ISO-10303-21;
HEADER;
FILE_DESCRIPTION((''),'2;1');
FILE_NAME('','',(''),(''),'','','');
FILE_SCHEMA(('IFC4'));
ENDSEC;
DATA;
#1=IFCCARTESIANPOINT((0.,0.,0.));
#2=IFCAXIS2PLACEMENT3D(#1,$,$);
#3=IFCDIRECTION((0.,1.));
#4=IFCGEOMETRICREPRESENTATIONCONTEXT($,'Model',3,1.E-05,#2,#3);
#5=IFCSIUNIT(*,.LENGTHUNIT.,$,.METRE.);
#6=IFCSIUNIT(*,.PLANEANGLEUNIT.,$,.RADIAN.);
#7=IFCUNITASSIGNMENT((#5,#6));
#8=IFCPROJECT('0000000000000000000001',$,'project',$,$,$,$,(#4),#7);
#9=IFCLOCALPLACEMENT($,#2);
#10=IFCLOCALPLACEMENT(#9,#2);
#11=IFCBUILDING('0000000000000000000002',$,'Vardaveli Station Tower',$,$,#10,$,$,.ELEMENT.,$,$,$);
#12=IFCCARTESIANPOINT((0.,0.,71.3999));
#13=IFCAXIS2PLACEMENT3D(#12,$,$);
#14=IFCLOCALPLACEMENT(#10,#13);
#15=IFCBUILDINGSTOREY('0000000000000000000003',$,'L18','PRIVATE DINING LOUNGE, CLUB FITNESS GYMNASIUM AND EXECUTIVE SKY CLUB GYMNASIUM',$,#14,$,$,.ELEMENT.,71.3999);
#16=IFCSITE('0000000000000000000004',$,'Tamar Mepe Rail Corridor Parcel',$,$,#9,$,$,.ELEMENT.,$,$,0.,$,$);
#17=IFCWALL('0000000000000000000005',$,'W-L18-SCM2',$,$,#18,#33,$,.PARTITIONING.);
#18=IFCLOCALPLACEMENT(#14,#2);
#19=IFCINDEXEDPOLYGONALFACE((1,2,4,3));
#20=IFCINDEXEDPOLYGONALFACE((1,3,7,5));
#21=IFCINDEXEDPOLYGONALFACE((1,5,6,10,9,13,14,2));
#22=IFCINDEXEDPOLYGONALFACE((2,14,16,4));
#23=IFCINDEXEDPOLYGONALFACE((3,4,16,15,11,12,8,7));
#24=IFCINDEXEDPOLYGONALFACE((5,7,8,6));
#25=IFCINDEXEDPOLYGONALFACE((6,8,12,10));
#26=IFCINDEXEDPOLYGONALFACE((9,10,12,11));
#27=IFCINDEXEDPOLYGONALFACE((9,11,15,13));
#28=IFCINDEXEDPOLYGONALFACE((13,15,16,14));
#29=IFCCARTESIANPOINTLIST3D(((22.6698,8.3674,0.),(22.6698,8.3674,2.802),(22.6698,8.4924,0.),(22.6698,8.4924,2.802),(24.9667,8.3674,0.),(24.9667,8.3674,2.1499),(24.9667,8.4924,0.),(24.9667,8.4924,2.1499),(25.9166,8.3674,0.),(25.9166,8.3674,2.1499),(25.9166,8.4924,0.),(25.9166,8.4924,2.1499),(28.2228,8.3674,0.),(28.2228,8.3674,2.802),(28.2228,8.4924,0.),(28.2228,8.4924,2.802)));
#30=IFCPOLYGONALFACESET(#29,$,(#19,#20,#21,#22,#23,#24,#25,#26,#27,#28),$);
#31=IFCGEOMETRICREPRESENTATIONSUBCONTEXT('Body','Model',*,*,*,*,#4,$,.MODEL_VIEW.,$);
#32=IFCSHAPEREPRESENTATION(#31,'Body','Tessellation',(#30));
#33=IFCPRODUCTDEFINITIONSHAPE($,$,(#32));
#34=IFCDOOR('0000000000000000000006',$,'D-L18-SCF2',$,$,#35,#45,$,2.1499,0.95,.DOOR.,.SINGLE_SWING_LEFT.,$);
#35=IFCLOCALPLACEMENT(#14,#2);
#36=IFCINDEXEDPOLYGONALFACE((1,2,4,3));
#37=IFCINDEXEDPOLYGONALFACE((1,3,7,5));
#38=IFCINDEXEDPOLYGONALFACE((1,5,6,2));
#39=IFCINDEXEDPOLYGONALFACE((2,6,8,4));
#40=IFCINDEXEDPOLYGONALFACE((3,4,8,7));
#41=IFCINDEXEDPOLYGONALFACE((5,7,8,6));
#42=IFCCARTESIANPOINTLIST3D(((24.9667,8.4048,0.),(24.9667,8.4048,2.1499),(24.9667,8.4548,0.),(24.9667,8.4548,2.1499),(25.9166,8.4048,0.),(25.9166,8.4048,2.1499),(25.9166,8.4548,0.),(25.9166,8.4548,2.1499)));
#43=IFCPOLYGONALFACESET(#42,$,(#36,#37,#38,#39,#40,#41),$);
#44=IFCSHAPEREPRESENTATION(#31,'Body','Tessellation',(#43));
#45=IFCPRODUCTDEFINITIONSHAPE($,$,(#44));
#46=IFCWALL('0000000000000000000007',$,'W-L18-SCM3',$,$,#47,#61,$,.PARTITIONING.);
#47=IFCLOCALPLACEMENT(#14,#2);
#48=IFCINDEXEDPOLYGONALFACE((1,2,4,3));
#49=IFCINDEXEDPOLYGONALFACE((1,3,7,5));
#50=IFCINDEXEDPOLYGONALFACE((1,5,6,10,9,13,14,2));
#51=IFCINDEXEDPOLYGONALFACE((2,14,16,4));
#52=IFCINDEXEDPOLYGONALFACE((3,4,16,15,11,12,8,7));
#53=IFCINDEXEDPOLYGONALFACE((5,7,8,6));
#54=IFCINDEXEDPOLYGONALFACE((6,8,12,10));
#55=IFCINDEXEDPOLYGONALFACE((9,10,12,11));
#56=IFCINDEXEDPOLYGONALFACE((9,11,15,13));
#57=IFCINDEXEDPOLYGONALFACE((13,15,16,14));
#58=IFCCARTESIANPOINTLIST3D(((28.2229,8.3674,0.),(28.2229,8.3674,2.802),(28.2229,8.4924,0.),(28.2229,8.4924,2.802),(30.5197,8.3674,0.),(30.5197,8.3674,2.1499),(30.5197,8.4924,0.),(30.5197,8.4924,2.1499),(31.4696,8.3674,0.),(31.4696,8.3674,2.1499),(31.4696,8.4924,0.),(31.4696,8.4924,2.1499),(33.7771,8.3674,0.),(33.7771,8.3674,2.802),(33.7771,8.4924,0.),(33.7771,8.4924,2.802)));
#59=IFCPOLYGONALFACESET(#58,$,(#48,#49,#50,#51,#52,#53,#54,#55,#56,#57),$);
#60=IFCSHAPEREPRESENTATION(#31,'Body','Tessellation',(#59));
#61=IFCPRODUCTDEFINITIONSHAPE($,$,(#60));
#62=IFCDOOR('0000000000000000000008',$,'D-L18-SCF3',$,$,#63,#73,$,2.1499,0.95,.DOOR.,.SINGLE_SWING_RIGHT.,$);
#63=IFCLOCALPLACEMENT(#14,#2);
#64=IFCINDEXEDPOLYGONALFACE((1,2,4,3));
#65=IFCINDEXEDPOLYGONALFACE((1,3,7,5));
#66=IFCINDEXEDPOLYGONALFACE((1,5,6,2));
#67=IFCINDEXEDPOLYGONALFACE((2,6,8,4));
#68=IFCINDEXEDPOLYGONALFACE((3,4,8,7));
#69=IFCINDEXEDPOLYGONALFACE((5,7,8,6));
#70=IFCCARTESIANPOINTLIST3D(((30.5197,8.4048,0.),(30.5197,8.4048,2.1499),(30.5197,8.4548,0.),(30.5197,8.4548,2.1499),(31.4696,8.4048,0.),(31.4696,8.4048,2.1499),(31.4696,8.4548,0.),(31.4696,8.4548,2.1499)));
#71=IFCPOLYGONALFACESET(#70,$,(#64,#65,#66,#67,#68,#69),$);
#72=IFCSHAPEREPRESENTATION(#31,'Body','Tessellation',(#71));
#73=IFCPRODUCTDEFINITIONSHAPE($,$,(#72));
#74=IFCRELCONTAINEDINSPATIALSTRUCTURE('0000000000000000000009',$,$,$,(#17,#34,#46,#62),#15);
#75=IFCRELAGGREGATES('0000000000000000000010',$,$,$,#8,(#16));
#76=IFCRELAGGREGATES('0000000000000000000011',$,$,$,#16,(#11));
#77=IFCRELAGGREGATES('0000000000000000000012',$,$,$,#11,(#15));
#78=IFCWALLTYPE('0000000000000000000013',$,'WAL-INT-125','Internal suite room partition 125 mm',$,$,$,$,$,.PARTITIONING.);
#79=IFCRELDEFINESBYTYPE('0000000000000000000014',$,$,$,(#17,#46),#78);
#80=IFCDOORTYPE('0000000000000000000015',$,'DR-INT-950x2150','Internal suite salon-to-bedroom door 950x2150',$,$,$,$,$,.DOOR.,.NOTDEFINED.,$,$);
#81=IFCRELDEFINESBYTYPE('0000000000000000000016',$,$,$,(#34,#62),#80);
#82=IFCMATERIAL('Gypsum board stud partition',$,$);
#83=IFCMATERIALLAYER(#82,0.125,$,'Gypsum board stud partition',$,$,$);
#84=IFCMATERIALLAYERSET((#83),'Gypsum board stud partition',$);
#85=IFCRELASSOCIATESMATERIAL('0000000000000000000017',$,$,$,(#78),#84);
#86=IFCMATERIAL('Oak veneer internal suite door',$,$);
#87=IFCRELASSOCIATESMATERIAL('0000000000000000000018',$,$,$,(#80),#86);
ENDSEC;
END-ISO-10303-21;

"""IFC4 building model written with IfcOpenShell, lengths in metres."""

from ifc_helpers import new_model, si_unit, direction, frame, frame_2d, origin, place, context, subcontext, project, spatial, rectangle, extrude, source, transform, mapped, material, layer, layer_set, type_object, element, fill, save


model = new_model("IFC4")

# Units and contexts
model_context = context("Model", 3, precision=1e-05, world=origin(), true_north=direction((0.0, 1.0)))
body_context = subcontext(model_context, "Body", "Model", "MODEL_VIEW")
ifc_project = project(units=[si_unit("LENGTHUNIT", "METRE"), si_unit("PLANEANGLEUNIT", "RADIAN")], contexts=[model_context])

# Site, building, storey
site_placement = place(None, origin())
site = spatial("IfcSite", under=ifc_project, at=site_placement, Name="Tamar Mepe Rail Corridor Parcel", CompositionType="ELEMENT", RefElevation=0.0)
building_placement = place(site_placement, origin())
building = spatial("IfcBuilding", under=site, at=building_placement, Name="Vardaveli Station Tower", CompositionType="ELEMENT")
storey_placement = place(building_placement, frame((0.0, 0.0, 71.3999)))
storey = spatial("IfcBuildingStorey", under=building, at=storey_placement, Name="L18", Description="PRIVATE DINING LOUNGE, CLUB FITNESS GYMNASIUM AND EXECUTIVE SKY CLUB GYMNASIUM", CompositionType="ELEMENT", Elevation=71.3999)

# Walls, openings, doors
ifc_material_1 = material(Name="Gypsum board stud partition")
ifc_layer_1 = layer(ifc_material_1, 0.125, Name="Gypsum board stud partition")
ifc_layer_set_1 = layer_set([ifc_layer_1], Name="Gypsum board stud partition")
wall_type_1 = type_object("IfcWallType", Name="WAL-INT-125", Description="Internal suite room partition 125 mm", PredefinedType="PARTITIONING", material=ifc_layer_set_1)
shared_shape_1 = source(origin(), body_context, "Body", "SweptSolid", [
    extrude(rectangle(XDim=5.553, YDim=0.125, at=frame_2d((2.7764, 0.0))), origin(), (0.0, 0.0, 1.0), 2.802),
])
wall_1_placement = place(storey_placement, frame((22.6699, 8.4299, 0.0), z_axis=(0.0, 0.0, 1.0), x_axis=(1.0, 0.0, 0.0)))
wall_1 = element("IfcWall", 1, at=wall_1_placement, inside=storey, type_object=wall_type_1, Name="W-L18-SCM2", PredefinedType="PARTITIONING", context=body_context, shape_type="MappedRepresentation", body=[
    mapped(shared_shape_1, transform((0.0, 0.0, 0.0), scale=1.0)),
])
shared_shape_2 = source(origin(), body_context, "Body", "SweptSolid", [
    extrude(rectangle(XDim=0.95, YDim=2.1499, at=frame_2d((0.4751, 1.075))), frame((0.0, 0.0725, 0.0), z_axis=(0.0, -1.0, 0.0), x_axis=(1.0, 0.0, 0.0)), (0.0, 0.0, 1.0), 0.145),
])
opening_1_placement = place(wall_1_placement, frame((2.2966, 0.0, 0.0)))
opening_1 = element("IfcOpeningElement", 2, at=opening_1_placement, cuts=wall_1, PredefinedType="OPENING", context=body_context, shape_type="MappedRepresentation", body=[
    mapped(shared_shape_2, transform((0.0, 0.0, 0.0), scale=1.0)),
])
ifc_material_2 = material(Name="Oak veneer internal suite door")
door_type = type_object("IfcDoorType", Name="DR-INT-950x2150", Description="Internal suite salon-to-bedroom door 950x2150", OperationType="NOTDEFINED", PredefinedType="DOOR", material=ifc_material_2)
shared_shape_3 = source(origin(), body_context, "Body", "SweptSolid", [
    extrude(rectangle(XDim=0.95, YDim=2.1499, at=frame_2d((0.4751, 1.075))), frame((0.0, 0.0249, 0.0), z_axis=(0.0, -1.0, 0.0), x_axis=(1.0, 0.0, 0.0)), (0.0, 0.0, 1.0), 0.05),
])
door_1_placement = place(opening_1_placement, origin())
door_1 = element("IfcDoor", 3, at=door_1_placement, inside=storey, type_object=door_type, Name="D-L18-SCF2", OperationType="SINGLE_SWING_LEFT", OverallHeight=2.1499, OverallWidth=0.95, PredefinedType="DOOR", context=body_context, shape_type="MappedRepresentation", body=[
    mapped(shared_shape_3, transform((0.0, 0.0, 0.0), scale=1.0)),
])
fill(opening_1, door_1)
shared_shape_4 = source(origin(), body_context, "Body", "SweptSolid", [
    extrude(rectangle(XDim=5.5542, YDim=0.125, at=frame_2d((2.7771, 0.0))), origin(), (0.0, 0.0, 1.0), 2.802),
])
wall_2_placement = place(storey_placement, frame((28.2229, 8.4299, 0.0), z_axis=(0.0, 0.0, 1.0), x_axis=(1.0, 0.0, 0.0)))
wall_2 = element("IfcWall", 4, at=wall_2_placement, inside=storey, type_object=wall_type_1, Name="W-L18-SCM3", PredefinedType="PARTITIONING", context=body_context, shape_type="MappedRepresentation", body=[
    mapped(shared_shape_4, transform((0.0, 0.0, 0.0), scale=1.0)),
])
opening_2_placement = place(wall_2_placement, frame((2.2966, 0.0, 0.0)))
opening_2 = element("IfcOpeningElement", 5, at=opening_2_placement, cuts=wall_2, PredefinedType="OPENING", context=body_context, shape_type="MappedRepresentation", body=[
    mapped(shared_shape_2, transform((0.0, 0.0, 0.0), scale=1.0)),
])
door_2_placement = place(opening_2_placement, origin())
door_2 = element("IfcDoor", 6, at=door_2_placement, inside=storey, type_object=door_type, Name="D-L18-SCF3", OperationType="SINGLE_SWING_RIGHT", OverallHeight=2.1499, OverallWidth=0.95, PredefinedType="DOOR", context=body_context, shape_type="MappedRepresentation", body=[
    mapped(shared_shape_3, transform((0.0, 0.0, 0.0), scale=1.0)),
])
fill(opening_2, door_2)

save(model, "model.ifc")
